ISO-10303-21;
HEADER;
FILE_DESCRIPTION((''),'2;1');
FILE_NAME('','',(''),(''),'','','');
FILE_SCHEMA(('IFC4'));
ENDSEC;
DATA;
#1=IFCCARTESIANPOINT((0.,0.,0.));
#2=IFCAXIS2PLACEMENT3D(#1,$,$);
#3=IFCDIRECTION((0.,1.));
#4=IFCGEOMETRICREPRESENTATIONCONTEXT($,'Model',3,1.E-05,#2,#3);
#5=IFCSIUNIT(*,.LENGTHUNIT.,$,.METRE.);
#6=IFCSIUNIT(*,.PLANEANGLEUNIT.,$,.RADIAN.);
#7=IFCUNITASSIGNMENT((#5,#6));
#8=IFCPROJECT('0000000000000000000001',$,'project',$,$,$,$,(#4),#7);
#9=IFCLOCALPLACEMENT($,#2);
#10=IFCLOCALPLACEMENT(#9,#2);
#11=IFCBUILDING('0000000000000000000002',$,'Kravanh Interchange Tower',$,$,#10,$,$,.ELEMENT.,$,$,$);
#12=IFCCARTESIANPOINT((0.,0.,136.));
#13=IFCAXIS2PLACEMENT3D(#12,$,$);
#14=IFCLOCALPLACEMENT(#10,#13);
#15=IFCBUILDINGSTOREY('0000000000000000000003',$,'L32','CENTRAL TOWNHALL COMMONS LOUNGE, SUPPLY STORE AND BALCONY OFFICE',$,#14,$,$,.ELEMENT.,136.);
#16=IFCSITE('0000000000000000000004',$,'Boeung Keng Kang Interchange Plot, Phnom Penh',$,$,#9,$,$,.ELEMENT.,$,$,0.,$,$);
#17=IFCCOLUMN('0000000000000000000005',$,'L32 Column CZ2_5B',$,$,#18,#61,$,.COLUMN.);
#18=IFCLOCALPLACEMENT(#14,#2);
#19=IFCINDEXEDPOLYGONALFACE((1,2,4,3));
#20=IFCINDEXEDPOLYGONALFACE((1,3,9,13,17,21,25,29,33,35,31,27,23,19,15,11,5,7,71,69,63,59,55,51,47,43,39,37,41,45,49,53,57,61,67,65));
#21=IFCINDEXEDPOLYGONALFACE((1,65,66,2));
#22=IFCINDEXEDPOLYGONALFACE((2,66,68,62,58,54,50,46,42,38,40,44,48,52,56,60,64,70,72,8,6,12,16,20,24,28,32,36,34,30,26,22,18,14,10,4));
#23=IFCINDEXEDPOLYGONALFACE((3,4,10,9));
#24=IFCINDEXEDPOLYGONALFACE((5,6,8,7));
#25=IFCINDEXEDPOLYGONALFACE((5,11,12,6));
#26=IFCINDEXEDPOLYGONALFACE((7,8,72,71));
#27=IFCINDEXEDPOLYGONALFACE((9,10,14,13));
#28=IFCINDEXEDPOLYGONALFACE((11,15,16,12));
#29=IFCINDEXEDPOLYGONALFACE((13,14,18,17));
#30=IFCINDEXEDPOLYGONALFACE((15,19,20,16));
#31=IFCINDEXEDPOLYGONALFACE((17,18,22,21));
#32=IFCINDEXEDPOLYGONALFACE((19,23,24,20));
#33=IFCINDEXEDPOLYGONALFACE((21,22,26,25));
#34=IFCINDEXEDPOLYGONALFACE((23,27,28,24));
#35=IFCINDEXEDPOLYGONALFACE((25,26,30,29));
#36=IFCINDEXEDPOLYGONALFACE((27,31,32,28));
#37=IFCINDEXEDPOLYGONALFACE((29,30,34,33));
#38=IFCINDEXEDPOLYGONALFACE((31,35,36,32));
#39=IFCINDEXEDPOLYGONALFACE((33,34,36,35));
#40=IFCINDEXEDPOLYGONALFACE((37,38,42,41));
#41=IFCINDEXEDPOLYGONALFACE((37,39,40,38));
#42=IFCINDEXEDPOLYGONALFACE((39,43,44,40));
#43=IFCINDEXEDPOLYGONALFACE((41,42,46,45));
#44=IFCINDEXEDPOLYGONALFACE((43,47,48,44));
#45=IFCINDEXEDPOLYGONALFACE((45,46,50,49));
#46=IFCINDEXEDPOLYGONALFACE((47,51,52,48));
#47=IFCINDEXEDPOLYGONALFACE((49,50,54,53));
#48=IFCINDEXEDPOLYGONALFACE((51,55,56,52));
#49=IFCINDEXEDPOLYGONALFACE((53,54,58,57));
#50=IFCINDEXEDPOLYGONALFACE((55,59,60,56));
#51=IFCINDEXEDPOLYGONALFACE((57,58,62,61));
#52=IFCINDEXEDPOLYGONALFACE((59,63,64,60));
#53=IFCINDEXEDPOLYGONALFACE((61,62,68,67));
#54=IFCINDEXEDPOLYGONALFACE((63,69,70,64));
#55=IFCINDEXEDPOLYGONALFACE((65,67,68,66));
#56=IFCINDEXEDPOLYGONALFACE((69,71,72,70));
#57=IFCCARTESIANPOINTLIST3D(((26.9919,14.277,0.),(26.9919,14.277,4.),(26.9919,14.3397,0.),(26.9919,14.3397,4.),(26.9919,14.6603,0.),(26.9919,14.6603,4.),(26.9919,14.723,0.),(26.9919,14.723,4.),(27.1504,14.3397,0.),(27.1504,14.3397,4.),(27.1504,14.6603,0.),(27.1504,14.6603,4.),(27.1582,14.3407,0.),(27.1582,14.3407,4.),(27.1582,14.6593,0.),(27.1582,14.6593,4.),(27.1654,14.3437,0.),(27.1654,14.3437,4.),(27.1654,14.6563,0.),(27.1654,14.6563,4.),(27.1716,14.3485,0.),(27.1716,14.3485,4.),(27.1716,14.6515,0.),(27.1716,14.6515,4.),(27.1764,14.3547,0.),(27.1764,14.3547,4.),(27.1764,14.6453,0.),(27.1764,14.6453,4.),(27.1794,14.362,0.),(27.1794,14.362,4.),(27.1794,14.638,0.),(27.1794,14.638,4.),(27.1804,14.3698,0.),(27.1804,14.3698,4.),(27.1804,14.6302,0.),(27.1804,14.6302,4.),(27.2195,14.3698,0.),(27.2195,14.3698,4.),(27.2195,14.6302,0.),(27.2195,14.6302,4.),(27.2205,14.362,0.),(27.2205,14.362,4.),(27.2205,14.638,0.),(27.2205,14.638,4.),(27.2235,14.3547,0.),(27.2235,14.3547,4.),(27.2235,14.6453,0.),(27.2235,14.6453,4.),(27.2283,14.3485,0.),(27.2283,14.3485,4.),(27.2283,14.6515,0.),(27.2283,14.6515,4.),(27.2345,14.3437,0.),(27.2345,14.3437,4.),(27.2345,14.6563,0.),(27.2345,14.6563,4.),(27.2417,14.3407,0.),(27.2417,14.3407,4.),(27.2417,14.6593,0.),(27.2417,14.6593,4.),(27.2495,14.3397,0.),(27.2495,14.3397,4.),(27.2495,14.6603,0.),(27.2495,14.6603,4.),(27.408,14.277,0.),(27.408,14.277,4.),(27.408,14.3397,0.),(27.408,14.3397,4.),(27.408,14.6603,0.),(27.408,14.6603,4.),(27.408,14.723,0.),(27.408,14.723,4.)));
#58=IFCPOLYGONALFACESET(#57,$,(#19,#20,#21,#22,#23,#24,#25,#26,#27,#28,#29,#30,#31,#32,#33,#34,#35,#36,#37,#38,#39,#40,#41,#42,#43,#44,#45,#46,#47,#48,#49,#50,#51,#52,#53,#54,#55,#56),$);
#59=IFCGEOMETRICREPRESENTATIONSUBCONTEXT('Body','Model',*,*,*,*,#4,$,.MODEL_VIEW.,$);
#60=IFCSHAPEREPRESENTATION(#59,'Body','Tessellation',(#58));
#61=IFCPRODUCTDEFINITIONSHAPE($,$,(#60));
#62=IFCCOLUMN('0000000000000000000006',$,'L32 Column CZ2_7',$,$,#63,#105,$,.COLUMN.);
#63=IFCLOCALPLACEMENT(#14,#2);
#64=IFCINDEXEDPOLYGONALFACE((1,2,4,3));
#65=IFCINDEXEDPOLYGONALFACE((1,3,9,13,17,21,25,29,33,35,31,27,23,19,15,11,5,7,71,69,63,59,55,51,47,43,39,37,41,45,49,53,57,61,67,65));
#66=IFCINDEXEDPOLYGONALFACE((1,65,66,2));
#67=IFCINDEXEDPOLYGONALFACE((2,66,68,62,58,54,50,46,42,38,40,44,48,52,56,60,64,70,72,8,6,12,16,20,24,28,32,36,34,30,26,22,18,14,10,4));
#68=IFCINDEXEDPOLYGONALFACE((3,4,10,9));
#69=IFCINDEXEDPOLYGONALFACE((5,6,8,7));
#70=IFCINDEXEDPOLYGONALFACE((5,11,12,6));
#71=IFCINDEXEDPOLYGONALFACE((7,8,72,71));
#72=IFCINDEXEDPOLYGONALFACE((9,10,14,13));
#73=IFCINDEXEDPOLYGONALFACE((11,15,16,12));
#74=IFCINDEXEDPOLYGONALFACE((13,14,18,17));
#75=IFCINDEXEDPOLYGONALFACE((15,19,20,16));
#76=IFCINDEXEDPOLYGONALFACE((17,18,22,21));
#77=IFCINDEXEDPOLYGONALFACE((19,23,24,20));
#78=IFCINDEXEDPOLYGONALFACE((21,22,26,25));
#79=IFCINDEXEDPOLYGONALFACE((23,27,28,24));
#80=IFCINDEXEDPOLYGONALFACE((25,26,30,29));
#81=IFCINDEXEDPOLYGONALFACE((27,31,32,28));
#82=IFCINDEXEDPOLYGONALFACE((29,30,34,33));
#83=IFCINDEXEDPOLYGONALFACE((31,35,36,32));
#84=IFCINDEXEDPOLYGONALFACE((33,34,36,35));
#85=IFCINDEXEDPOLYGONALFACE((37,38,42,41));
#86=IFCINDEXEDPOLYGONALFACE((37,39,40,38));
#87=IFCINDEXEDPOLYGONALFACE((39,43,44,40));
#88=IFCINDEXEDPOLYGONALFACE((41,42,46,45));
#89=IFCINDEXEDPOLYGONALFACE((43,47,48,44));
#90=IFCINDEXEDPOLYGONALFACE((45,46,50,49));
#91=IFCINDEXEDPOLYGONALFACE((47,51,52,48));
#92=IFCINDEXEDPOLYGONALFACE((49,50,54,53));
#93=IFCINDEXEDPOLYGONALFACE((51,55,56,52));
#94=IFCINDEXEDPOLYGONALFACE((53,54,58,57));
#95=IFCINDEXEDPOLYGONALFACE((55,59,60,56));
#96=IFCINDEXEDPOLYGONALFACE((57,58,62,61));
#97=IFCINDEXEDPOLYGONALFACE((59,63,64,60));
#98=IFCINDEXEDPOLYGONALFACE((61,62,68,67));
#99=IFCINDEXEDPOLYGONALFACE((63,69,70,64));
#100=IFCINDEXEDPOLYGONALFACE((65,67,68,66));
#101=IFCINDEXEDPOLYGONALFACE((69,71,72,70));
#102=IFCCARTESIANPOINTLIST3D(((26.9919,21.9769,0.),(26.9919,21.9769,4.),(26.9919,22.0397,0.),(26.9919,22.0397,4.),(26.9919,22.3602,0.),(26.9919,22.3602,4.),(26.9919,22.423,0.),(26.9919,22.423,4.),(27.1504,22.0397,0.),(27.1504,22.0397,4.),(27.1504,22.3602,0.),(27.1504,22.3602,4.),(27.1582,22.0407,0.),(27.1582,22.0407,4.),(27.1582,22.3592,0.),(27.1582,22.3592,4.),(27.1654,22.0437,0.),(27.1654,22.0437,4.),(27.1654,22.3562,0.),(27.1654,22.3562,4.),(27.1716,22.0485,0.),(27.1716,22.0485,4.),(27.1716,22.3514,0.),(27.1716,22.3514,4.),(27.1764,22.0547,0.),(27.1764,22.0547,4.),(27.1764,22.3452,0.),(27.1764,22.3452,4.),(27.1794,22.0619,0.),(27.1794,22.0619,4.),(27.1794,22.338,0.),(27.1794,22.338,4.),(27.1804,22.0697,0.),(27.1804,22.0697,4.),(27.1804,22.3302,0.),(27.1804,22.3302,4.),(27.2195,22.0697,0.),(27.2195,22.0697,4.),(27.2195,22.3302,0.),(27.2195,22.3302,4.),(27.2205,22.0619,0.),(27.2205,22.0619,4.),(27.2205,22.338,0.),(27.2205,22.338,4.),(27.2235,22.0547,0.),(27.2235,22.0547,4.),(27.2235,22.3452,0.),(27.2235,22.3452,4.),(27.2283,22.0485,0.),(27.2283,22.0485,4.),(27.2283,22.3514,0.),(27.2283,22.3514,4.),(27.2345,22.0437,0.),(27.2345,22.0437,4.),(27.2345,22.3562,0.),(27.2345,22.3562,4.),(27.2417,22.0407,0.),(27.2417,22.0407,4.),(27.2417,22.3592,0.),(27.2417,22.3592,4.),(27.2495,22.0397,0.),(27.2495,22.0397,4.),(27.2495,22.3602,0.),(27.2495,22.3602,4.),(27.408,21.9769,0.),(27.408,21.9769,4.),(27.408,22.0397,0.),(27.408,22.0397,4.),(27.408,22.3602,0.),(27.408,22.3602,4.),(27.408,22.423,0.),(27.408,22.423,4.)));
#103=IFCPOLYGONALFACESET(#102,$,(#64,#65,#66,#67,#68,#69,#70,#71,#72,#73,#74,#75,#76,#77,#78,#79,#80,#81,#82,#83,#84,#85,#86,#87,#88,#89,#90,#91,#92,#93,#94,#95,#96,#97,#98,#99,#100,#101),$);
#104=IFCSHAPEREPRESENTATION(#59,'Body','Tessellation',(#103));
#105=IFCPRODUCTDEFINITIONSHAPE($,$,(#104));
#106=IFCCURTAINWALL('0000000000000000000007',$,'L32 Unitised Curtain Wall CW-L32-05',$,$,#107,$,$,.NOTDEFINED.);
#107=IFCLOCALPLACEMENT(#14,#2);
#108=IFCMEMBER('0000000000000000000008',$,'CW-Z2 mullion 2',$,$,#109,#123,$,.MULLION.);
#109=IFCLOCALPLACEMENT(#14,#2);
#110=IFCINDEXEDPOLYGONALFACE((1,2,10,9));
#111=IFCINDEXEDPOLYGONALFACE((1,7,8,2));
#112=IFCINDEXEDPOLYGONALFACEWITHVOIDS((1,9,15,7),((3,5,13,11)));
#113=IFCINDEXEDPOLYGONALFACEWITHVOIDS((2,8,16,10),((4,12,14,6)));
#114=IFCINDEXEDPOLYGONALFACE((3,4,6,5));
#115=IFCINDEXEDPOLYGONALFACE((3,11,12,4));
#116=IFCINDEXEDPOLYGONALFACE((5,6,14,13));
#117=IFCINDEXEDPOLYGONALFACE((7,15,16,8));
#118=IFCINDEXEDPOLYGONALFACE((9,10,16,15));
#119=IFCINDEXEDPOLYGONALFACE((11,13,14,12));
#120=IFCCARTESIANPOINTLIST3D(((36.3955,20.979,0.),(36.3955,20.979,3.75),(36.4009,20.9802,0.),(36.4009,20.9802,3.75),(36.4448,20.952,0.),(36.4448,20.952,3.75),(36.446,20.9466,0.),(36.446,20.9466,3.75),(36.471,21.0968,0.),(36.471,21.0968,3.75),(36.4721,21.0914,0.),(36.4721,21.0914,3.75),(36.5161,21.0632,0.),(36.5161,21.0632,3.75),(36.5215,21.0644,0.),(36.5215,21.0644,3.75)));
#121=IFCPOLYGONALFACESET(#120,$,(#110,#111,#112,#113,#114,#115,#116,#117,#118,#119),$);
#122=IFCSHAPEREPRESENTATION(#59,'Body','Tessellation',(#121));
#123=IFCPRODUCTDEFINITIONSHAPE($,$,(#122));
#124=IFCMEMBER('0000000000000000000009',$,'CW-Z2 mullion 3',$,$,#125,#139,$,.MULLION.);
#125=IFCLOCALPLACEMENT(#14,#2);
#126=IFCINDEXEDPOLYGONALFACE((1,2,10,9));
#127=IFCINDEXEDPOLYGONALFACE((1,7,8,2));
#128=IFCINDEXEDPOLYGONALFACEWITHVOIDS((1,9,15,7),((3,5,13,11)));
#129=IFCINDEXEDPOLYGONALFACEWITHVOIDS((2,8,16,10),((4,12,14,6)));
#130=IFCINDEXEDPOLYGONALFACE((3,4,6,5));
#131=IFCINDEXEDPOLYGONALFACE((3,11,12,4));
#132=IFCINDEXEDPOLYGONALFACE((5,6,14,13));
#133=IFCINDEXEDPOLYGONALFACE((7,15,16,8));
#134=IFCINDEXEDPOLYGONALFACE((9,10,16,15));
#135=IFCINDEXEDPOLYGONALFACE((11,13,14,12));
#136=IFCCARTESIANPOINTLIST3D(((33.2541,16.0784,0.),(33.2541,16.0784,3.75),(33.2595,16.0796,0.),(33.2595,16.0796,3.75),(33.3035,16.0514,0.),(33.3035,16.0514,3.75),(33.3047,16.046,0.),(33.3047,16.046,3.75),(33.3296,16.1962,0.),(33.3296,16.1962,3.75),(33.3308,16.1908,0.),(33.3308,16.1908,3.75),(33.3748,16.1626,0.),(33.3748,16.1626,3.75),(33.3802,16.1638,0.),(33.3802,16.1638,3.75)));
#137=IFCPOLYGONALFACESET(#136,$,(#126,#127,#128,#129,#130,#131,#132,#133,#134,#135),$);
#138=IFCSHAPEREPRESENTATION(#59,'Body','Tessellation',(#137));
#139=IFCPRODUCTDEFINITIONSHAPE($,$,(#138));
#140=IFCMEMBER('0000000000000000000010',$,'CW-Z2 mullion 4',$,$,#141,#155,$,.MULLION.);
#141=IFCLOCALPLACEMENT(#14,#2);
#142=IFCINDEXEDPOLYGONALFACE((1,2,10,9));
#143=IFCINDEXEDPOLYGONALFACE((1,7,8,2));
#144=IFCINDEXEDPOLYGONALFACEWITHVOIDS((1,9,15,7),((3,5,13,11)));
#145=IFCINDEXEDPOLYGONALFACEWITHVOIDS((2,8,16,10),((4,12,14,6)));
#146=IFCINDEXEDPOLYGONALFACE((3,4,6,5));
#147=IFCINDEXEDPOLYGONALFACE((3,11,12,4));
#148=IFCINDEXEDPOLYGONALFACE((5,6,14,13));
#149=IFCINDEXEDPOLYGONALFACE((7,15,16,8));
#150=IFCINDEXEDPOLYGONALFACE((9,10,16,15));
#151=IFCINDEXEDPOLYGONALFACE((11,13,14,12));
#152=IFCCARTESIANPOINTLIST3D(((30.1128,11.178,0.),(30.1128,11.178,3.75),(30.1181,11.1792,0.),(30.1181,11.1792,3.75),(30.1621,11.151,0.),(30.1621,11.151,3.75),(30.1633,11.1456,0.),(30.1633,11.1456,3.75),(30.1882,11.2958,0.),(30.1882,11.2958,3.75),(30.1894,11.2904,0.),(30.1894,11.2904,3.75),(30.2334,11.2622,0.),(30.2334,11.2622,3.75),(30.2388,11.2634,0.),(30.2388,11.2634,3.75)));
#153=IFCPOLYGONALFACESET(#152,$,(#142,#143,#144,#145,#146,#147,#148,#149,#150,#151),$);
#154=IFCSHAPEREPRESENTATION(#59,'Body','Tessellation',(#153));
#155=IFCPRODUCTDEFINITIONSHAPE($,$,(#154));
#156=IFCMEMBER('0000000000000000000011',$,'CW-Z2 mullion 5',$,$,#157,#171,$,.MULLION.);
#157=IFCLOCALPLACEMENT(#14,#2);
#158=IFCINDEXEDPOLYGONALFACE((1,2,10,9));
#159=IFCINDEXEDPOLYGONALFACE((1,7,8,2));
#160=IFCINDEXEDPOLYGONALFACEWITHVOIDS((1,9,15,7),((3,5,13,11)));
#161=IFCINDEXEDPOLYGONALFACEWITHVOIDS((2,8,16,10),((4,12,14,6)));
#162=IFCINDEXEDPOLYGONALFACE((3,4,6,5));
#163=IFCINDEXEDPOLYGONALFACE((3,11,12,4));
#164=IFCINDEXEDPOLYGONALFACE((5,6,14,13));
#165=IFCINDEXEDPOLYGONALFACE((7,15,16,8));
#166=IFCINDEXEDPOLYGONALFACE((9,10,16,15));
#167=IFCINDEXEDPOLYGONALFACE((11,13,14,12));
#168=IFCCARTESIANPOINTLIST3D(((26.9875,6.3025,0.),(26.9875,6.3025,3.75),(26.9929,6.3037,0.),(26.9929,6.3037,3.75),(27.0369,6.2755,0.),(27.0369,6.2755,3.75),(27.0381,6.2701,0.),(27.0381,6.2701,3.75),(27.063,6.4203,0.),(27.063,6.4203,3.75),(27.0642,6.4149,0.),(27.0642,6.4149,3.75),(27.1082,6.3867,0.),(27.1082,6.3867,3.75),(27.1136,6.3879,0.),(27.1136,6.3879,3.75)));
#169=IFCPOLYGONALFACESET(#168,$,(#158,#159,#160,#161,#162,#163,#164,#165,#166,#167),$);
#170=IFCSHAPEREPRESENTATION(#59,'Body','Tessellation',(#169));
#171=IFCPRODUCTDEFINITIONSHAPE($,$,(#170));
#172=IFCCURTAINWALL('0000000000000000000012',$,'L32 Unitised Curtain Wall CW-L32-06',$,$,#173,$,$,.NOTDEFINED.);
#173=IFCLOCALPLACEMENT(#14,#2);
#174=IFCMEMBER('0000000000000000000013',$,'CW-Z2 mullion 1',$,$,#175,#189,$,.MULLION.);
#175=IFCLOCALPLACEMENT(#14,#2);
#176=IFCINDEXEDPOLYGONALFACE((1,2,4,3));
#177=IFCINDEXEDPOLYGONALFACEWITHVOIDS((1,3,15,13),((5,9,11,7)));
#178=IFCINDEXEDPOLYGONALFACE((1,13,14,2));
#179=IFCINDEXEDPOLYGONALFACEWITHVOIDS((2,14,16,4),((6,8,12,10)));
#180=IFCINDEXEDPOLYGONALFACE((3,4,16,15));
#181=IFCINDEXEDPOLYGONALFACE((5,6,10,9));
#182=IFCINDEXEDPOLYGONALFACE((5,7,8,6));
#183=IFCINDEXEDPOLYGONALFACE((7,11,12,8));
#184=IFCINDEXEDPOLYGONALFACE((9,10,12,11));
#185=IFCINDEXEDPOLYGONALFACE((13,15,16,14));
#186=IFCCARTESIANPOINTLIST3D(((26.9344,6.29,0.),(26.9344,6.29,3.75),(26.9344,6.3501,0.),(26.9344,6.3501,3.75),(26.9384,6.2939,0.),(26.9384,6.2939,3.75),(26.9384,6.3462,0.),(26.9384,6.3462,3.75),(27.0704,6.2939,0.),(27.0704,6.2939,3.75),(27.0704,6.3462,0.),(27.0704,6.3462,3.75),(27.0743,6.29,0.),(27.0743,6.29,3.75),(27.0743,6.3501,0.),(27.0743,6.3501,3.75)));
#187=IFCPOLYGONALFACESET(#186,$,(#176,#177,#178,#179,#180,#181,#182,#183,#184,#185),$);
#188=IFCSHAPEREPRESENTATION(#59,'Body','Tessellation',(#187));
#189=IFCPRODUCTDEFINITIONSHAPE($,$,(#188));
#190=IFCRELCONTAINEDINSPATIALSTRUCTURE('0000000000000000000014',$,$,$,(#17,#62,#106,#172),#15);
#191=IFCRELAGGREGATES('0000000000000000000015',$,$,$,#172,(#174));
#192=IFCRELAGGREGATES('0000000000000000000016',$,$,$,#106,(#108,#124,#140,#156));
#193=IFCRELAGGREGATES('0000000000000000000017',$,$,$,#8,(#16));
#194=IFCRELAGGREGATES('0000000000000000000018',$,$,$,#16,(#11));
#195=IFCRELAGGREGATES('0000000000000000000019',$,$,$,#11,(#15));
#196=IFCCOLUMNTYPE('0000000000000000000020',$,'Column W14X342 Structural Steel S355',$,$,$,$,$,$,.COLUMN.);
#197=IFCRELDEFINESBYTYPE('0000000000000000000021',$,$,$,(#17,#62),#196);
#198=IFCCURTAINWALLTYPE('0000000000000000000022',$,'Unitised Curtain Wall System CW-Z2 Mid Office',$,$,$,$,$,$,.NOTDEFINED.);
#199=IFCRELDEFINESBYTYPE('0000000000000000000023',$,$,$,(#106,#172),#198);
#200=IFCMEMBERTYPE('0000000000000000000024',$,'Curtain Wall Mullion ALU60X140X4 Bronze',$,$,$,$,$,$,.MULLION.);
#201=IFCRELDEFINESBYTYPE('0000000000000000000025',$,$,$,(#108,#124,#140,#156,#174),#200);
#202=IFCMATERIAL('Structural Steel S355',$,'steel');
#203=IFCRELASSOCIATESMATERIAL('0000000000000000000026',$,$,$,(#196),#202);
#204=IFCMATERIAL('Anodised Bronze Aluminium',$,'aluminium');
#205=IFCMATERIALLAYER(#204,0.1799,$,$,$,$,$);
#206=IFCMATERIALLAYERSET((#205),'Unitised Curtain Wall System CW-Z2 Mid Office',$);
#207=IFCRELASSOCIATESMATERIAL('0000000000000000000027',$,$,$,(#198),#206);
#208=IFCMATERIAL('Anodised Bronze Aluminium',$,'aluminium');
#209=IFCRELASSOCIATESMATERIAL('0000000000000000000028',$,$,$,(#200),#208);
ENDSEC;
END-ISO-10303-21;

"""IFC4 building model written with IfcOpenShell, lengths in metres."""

from ifc_helpers import new_model, si_unit, direction, frame, origin, origin_2d, place, context, subcontext, project, spatial, hollow_rectangle, i_section, extrude, material, layer, layer_set, material_profile, profile_set, type_object, element, aggregate, save


model = new_model("IFC4")

# Units and contexts
model_context = context("Model", 3, precision=1e-05, world=origin(), true_north=direction((0.0, 1.0)))
body_context = subcontext(model_context, "Body", "Model", "MODEL_VIEW")
ifc_project = project(units=[si_unit("LENGTHUNIT", "METRE"), si_unit("PLANEANGLEUNIT", "RADIAN")], contexts=[model_context])

# Site, building, storey
site_placement = place(None, origin())
site = spatial("IfcSite", under=ifc_project, at=site_placement, Name="Boeung Keng Kang Interchange Plot, Phnom Penh", CompositionType="ELEMENT", RefElevation=0.0)
building_placement = place(site_placement, origin())
building = spatial("IfcBuilding", under=site, at=building_placement, Name="Kravanh Interchange Tower", CompositionType="ELEMENT")
storey_placement = place(building_placement, frame((0.0, 0.0, 136.0)))
storey = spatial("IfcBuildingStorey", under=building, at=storey_placement, Name="L32", Description="CENTRAL TOWNHALL COMMONS LOUNGE, SUPPLY STORE AND BALCONY OFFICE", CompositionType="ELEMENT", Elevation=136.0)

# Columns
ifc_material_1 = material(Name="Structural Steel S355", Category="steel")
ifc_material_profile_1 = material_profile(ifc_material_1, i_section(OverallWidth=0.416, OverallDepth=0.446, WebThickness=0.0391, FlangeThickness=0.0627, FilletRadius=0.03, at=origin_2d()), Name="W14X342")
ifc_profile_set_1 = profile_set([ifc_material_profile_1], Name="Structural Steel S355")
column_type = type_object("IfcColumnType", Name="Column W14X342 Structural Steel S355", PredefinedType="COLUMN", material=ifc_profile_set_1)
for number, where, z_axis, x_axis, name in (
    (1, (27.2, 14.5, 0.0), (0.0, 0.0, 1.0), (1.0, 0.0, 0.0), "L32 Column CZ2_5B"),
    (2, (27.2, 22.2, 0.0), (0.0, 0.0, 1.0), (1.0, 0.0, 0.0), "L32 Column CZ2_7"),
):
    element("IfcColumn", number, at=place(storey_placement, frame(where, z_axis=z_axis, x_axis=x_axis)), inside=storey, type_object=column_type, Name=name, PredefinedType="COLUMN", context=body_context, shape_type="SweptSolid", body=[
        extrude(i_section(OverallWidth=0.416, OverallDepth=0.446, WebThickness=0.0391, FlangeThickness=0.0627, FilletRadius=0.03, at=origin_2d()), origin(), (0.0, 0.0, 1.0), 4.0),
    ])

# Curtain wall, members
ifc_material_2 = material(Name="Anodised Bronze Aluminium", Category="aluminium")
ifc_layer_1 = layer(ifc_material_2, 0.1799)
ifc_layer_set_1 = layer_set([ifc_layer_1], Name="Unitised Curtain Wall System CW-Z2 Mid Office")
curtain_wall_type = type_object("IfcCurtainWallType", Name="Unitised Curtain Wall System CW-Z2 Mid Office", PredefinedType="NOTDEFINED", material=ifc_layer_set_1)
curtain_wall_1_placement = place(storey_placement, origin())
curtain_wall_1 = element("IfcCurtainWall", 3, at=curtain_wall_1_placement, inside=storey, type_object=curtain_wall_type, Name="L32 Unitised Curtain Wall CW-L32-05", PredefinedType="NOTDEFINED")
ifc_material_3 = material(Name="Anodised Bronze Aluminium", Category="aluminium")
ifc_material_profile_2 = material_profile(ifc_material_3, hollow_rectangle(XDim=0.0601, YDim=0.1399, WallThickness=0.0039, at=origin_2d()), Name="ALU60X140X4")
ifc_profile_set_2 = profile_set([ifc_material_profile_2], Name="Anodised Bronze Aluminium")
member_type_1 = type_object("IfcMemberType", Name="Curtain Wall Mullion ALU60X140X4 Bronze", PredefinedType="MULLION", material=ifc_profile_set_2)
member_1_placement = place(storey_placement, frame((36.4585, 21.0217, 0.0), z_axis=(0.0, 0.0, 1.0), x_axis=(0.84188, -0.539665, 0.0)))
member_1 = element("IfcMember", 4, at=member_1_placement, type_object=member_type_1, Name="CW-Z2 mullion 2", PredefinedType="MULLION", context=body_context, shape_type="SweptSolid", body=[
    extrude(hollow_rectangle(XDim=0.0601, YDim=0.1399, WallThickness=0.0039, at=origin_2d()), origin(), (0.0, 0.0, 1.0), 3.75),
])
member_2_placement = place(storey_placement, frame((33.3171, 16.1211, 0.0), z_axis=(0.0, 0.0, 1.0), x_axis=(0.84188, -0.539665, 0.0)))
member_2 = element("IfcMember", 5, at=member_2_placement, type_object=member_type_1, Name="CW-Z2 mullion 3", PredefinedType="MULLION", context=body_context, shape_type="SweptSolid", body=[
    extrude(hollow_rectangle(XDim=0.0601, YDim=0.1399, WallThickness=0.0039, at=origin_2d()), origin(), (0.0, 0.0, 1.0), 3.75),
])
member_3_placement = place(storey_placement, frame((30.1758, 11.2207, 0.0), z_axis=(0.0, 0.0, 1.0), x_axis=(0.84188, -0.539665, 0.0)))
member_3 = element("IfcMember", 6, at=member_3_placement, type_object=member_type_1, Name="CW-Z2 mullion 4", PredefinedType="MULLION", context=body_context, shape_type="SweptSolid", body=[
    extrude(hollow_rectangle(XDim=0.0601, YDim=0.1399, WallThickness=0.0039, at=origin_2d()), origin(), (0.0, 0.0, 1.0), 3.75),
])
member_4_placement = place(storey_placement, frame((27.0505, 6.3452, 0.0), z_axis=(0.0, 0.0, 1.0), x_axis=(0.84188, -0.539665, 0.0)))
member_4 = element("IfcMember", 7, at=member_4_placement, type_object=member_type_1, Name="CW-Z2 mullion 5", PredefinedType="MULLION", context=body_context, shape_type="SweptSolid", body=[
    extrude(hollow_rectangle(XDim=0.0601, YDim=0.1399, WallThickness=0.0039, at=origin_2d()), origin(), (0.0, 0.0, 1.0), 3.75),
])

# Curtain wall, member
curtain_wall_2_placement = place(storey_placement, origin())
curtain_wall_2 = element("IfcCurtainWall", 8, at=curtain_wall_2_placement, inside=storey, type_object=curtain_wall_type, Name="L32 Unitised Curtain Wall CW-L32-06", PredefinedType="NOTDEFINED")
member_5_placement = place(storey_placement, frame((27.0044, 6.3201, 0.0), z_axis=(0.0, 0.0, 1.0), x_axis=(0.0, -1.0, 0.0)))
member_5 = element("IfcMember", 9, at=member_5_placement, type_object=member_type_1, Name="CW-Z2 mullion 1", PredefinedType="MULLION", context=body_context, shape_type="SweptSolid", body=[
    extrude(hollow_rectangle(XDim=0.0601, YDim=0.1399, WallThickness=0.0039, at=origin_2d()), origin(), (0.0, 0.0, 1.0), 3.75),
])

aggregate(curtain_wall_2, [member_5])

aggregate(curtain_wall_1, [member_1, member_2, member_3, member_4])

save(model, "model.ifc")
